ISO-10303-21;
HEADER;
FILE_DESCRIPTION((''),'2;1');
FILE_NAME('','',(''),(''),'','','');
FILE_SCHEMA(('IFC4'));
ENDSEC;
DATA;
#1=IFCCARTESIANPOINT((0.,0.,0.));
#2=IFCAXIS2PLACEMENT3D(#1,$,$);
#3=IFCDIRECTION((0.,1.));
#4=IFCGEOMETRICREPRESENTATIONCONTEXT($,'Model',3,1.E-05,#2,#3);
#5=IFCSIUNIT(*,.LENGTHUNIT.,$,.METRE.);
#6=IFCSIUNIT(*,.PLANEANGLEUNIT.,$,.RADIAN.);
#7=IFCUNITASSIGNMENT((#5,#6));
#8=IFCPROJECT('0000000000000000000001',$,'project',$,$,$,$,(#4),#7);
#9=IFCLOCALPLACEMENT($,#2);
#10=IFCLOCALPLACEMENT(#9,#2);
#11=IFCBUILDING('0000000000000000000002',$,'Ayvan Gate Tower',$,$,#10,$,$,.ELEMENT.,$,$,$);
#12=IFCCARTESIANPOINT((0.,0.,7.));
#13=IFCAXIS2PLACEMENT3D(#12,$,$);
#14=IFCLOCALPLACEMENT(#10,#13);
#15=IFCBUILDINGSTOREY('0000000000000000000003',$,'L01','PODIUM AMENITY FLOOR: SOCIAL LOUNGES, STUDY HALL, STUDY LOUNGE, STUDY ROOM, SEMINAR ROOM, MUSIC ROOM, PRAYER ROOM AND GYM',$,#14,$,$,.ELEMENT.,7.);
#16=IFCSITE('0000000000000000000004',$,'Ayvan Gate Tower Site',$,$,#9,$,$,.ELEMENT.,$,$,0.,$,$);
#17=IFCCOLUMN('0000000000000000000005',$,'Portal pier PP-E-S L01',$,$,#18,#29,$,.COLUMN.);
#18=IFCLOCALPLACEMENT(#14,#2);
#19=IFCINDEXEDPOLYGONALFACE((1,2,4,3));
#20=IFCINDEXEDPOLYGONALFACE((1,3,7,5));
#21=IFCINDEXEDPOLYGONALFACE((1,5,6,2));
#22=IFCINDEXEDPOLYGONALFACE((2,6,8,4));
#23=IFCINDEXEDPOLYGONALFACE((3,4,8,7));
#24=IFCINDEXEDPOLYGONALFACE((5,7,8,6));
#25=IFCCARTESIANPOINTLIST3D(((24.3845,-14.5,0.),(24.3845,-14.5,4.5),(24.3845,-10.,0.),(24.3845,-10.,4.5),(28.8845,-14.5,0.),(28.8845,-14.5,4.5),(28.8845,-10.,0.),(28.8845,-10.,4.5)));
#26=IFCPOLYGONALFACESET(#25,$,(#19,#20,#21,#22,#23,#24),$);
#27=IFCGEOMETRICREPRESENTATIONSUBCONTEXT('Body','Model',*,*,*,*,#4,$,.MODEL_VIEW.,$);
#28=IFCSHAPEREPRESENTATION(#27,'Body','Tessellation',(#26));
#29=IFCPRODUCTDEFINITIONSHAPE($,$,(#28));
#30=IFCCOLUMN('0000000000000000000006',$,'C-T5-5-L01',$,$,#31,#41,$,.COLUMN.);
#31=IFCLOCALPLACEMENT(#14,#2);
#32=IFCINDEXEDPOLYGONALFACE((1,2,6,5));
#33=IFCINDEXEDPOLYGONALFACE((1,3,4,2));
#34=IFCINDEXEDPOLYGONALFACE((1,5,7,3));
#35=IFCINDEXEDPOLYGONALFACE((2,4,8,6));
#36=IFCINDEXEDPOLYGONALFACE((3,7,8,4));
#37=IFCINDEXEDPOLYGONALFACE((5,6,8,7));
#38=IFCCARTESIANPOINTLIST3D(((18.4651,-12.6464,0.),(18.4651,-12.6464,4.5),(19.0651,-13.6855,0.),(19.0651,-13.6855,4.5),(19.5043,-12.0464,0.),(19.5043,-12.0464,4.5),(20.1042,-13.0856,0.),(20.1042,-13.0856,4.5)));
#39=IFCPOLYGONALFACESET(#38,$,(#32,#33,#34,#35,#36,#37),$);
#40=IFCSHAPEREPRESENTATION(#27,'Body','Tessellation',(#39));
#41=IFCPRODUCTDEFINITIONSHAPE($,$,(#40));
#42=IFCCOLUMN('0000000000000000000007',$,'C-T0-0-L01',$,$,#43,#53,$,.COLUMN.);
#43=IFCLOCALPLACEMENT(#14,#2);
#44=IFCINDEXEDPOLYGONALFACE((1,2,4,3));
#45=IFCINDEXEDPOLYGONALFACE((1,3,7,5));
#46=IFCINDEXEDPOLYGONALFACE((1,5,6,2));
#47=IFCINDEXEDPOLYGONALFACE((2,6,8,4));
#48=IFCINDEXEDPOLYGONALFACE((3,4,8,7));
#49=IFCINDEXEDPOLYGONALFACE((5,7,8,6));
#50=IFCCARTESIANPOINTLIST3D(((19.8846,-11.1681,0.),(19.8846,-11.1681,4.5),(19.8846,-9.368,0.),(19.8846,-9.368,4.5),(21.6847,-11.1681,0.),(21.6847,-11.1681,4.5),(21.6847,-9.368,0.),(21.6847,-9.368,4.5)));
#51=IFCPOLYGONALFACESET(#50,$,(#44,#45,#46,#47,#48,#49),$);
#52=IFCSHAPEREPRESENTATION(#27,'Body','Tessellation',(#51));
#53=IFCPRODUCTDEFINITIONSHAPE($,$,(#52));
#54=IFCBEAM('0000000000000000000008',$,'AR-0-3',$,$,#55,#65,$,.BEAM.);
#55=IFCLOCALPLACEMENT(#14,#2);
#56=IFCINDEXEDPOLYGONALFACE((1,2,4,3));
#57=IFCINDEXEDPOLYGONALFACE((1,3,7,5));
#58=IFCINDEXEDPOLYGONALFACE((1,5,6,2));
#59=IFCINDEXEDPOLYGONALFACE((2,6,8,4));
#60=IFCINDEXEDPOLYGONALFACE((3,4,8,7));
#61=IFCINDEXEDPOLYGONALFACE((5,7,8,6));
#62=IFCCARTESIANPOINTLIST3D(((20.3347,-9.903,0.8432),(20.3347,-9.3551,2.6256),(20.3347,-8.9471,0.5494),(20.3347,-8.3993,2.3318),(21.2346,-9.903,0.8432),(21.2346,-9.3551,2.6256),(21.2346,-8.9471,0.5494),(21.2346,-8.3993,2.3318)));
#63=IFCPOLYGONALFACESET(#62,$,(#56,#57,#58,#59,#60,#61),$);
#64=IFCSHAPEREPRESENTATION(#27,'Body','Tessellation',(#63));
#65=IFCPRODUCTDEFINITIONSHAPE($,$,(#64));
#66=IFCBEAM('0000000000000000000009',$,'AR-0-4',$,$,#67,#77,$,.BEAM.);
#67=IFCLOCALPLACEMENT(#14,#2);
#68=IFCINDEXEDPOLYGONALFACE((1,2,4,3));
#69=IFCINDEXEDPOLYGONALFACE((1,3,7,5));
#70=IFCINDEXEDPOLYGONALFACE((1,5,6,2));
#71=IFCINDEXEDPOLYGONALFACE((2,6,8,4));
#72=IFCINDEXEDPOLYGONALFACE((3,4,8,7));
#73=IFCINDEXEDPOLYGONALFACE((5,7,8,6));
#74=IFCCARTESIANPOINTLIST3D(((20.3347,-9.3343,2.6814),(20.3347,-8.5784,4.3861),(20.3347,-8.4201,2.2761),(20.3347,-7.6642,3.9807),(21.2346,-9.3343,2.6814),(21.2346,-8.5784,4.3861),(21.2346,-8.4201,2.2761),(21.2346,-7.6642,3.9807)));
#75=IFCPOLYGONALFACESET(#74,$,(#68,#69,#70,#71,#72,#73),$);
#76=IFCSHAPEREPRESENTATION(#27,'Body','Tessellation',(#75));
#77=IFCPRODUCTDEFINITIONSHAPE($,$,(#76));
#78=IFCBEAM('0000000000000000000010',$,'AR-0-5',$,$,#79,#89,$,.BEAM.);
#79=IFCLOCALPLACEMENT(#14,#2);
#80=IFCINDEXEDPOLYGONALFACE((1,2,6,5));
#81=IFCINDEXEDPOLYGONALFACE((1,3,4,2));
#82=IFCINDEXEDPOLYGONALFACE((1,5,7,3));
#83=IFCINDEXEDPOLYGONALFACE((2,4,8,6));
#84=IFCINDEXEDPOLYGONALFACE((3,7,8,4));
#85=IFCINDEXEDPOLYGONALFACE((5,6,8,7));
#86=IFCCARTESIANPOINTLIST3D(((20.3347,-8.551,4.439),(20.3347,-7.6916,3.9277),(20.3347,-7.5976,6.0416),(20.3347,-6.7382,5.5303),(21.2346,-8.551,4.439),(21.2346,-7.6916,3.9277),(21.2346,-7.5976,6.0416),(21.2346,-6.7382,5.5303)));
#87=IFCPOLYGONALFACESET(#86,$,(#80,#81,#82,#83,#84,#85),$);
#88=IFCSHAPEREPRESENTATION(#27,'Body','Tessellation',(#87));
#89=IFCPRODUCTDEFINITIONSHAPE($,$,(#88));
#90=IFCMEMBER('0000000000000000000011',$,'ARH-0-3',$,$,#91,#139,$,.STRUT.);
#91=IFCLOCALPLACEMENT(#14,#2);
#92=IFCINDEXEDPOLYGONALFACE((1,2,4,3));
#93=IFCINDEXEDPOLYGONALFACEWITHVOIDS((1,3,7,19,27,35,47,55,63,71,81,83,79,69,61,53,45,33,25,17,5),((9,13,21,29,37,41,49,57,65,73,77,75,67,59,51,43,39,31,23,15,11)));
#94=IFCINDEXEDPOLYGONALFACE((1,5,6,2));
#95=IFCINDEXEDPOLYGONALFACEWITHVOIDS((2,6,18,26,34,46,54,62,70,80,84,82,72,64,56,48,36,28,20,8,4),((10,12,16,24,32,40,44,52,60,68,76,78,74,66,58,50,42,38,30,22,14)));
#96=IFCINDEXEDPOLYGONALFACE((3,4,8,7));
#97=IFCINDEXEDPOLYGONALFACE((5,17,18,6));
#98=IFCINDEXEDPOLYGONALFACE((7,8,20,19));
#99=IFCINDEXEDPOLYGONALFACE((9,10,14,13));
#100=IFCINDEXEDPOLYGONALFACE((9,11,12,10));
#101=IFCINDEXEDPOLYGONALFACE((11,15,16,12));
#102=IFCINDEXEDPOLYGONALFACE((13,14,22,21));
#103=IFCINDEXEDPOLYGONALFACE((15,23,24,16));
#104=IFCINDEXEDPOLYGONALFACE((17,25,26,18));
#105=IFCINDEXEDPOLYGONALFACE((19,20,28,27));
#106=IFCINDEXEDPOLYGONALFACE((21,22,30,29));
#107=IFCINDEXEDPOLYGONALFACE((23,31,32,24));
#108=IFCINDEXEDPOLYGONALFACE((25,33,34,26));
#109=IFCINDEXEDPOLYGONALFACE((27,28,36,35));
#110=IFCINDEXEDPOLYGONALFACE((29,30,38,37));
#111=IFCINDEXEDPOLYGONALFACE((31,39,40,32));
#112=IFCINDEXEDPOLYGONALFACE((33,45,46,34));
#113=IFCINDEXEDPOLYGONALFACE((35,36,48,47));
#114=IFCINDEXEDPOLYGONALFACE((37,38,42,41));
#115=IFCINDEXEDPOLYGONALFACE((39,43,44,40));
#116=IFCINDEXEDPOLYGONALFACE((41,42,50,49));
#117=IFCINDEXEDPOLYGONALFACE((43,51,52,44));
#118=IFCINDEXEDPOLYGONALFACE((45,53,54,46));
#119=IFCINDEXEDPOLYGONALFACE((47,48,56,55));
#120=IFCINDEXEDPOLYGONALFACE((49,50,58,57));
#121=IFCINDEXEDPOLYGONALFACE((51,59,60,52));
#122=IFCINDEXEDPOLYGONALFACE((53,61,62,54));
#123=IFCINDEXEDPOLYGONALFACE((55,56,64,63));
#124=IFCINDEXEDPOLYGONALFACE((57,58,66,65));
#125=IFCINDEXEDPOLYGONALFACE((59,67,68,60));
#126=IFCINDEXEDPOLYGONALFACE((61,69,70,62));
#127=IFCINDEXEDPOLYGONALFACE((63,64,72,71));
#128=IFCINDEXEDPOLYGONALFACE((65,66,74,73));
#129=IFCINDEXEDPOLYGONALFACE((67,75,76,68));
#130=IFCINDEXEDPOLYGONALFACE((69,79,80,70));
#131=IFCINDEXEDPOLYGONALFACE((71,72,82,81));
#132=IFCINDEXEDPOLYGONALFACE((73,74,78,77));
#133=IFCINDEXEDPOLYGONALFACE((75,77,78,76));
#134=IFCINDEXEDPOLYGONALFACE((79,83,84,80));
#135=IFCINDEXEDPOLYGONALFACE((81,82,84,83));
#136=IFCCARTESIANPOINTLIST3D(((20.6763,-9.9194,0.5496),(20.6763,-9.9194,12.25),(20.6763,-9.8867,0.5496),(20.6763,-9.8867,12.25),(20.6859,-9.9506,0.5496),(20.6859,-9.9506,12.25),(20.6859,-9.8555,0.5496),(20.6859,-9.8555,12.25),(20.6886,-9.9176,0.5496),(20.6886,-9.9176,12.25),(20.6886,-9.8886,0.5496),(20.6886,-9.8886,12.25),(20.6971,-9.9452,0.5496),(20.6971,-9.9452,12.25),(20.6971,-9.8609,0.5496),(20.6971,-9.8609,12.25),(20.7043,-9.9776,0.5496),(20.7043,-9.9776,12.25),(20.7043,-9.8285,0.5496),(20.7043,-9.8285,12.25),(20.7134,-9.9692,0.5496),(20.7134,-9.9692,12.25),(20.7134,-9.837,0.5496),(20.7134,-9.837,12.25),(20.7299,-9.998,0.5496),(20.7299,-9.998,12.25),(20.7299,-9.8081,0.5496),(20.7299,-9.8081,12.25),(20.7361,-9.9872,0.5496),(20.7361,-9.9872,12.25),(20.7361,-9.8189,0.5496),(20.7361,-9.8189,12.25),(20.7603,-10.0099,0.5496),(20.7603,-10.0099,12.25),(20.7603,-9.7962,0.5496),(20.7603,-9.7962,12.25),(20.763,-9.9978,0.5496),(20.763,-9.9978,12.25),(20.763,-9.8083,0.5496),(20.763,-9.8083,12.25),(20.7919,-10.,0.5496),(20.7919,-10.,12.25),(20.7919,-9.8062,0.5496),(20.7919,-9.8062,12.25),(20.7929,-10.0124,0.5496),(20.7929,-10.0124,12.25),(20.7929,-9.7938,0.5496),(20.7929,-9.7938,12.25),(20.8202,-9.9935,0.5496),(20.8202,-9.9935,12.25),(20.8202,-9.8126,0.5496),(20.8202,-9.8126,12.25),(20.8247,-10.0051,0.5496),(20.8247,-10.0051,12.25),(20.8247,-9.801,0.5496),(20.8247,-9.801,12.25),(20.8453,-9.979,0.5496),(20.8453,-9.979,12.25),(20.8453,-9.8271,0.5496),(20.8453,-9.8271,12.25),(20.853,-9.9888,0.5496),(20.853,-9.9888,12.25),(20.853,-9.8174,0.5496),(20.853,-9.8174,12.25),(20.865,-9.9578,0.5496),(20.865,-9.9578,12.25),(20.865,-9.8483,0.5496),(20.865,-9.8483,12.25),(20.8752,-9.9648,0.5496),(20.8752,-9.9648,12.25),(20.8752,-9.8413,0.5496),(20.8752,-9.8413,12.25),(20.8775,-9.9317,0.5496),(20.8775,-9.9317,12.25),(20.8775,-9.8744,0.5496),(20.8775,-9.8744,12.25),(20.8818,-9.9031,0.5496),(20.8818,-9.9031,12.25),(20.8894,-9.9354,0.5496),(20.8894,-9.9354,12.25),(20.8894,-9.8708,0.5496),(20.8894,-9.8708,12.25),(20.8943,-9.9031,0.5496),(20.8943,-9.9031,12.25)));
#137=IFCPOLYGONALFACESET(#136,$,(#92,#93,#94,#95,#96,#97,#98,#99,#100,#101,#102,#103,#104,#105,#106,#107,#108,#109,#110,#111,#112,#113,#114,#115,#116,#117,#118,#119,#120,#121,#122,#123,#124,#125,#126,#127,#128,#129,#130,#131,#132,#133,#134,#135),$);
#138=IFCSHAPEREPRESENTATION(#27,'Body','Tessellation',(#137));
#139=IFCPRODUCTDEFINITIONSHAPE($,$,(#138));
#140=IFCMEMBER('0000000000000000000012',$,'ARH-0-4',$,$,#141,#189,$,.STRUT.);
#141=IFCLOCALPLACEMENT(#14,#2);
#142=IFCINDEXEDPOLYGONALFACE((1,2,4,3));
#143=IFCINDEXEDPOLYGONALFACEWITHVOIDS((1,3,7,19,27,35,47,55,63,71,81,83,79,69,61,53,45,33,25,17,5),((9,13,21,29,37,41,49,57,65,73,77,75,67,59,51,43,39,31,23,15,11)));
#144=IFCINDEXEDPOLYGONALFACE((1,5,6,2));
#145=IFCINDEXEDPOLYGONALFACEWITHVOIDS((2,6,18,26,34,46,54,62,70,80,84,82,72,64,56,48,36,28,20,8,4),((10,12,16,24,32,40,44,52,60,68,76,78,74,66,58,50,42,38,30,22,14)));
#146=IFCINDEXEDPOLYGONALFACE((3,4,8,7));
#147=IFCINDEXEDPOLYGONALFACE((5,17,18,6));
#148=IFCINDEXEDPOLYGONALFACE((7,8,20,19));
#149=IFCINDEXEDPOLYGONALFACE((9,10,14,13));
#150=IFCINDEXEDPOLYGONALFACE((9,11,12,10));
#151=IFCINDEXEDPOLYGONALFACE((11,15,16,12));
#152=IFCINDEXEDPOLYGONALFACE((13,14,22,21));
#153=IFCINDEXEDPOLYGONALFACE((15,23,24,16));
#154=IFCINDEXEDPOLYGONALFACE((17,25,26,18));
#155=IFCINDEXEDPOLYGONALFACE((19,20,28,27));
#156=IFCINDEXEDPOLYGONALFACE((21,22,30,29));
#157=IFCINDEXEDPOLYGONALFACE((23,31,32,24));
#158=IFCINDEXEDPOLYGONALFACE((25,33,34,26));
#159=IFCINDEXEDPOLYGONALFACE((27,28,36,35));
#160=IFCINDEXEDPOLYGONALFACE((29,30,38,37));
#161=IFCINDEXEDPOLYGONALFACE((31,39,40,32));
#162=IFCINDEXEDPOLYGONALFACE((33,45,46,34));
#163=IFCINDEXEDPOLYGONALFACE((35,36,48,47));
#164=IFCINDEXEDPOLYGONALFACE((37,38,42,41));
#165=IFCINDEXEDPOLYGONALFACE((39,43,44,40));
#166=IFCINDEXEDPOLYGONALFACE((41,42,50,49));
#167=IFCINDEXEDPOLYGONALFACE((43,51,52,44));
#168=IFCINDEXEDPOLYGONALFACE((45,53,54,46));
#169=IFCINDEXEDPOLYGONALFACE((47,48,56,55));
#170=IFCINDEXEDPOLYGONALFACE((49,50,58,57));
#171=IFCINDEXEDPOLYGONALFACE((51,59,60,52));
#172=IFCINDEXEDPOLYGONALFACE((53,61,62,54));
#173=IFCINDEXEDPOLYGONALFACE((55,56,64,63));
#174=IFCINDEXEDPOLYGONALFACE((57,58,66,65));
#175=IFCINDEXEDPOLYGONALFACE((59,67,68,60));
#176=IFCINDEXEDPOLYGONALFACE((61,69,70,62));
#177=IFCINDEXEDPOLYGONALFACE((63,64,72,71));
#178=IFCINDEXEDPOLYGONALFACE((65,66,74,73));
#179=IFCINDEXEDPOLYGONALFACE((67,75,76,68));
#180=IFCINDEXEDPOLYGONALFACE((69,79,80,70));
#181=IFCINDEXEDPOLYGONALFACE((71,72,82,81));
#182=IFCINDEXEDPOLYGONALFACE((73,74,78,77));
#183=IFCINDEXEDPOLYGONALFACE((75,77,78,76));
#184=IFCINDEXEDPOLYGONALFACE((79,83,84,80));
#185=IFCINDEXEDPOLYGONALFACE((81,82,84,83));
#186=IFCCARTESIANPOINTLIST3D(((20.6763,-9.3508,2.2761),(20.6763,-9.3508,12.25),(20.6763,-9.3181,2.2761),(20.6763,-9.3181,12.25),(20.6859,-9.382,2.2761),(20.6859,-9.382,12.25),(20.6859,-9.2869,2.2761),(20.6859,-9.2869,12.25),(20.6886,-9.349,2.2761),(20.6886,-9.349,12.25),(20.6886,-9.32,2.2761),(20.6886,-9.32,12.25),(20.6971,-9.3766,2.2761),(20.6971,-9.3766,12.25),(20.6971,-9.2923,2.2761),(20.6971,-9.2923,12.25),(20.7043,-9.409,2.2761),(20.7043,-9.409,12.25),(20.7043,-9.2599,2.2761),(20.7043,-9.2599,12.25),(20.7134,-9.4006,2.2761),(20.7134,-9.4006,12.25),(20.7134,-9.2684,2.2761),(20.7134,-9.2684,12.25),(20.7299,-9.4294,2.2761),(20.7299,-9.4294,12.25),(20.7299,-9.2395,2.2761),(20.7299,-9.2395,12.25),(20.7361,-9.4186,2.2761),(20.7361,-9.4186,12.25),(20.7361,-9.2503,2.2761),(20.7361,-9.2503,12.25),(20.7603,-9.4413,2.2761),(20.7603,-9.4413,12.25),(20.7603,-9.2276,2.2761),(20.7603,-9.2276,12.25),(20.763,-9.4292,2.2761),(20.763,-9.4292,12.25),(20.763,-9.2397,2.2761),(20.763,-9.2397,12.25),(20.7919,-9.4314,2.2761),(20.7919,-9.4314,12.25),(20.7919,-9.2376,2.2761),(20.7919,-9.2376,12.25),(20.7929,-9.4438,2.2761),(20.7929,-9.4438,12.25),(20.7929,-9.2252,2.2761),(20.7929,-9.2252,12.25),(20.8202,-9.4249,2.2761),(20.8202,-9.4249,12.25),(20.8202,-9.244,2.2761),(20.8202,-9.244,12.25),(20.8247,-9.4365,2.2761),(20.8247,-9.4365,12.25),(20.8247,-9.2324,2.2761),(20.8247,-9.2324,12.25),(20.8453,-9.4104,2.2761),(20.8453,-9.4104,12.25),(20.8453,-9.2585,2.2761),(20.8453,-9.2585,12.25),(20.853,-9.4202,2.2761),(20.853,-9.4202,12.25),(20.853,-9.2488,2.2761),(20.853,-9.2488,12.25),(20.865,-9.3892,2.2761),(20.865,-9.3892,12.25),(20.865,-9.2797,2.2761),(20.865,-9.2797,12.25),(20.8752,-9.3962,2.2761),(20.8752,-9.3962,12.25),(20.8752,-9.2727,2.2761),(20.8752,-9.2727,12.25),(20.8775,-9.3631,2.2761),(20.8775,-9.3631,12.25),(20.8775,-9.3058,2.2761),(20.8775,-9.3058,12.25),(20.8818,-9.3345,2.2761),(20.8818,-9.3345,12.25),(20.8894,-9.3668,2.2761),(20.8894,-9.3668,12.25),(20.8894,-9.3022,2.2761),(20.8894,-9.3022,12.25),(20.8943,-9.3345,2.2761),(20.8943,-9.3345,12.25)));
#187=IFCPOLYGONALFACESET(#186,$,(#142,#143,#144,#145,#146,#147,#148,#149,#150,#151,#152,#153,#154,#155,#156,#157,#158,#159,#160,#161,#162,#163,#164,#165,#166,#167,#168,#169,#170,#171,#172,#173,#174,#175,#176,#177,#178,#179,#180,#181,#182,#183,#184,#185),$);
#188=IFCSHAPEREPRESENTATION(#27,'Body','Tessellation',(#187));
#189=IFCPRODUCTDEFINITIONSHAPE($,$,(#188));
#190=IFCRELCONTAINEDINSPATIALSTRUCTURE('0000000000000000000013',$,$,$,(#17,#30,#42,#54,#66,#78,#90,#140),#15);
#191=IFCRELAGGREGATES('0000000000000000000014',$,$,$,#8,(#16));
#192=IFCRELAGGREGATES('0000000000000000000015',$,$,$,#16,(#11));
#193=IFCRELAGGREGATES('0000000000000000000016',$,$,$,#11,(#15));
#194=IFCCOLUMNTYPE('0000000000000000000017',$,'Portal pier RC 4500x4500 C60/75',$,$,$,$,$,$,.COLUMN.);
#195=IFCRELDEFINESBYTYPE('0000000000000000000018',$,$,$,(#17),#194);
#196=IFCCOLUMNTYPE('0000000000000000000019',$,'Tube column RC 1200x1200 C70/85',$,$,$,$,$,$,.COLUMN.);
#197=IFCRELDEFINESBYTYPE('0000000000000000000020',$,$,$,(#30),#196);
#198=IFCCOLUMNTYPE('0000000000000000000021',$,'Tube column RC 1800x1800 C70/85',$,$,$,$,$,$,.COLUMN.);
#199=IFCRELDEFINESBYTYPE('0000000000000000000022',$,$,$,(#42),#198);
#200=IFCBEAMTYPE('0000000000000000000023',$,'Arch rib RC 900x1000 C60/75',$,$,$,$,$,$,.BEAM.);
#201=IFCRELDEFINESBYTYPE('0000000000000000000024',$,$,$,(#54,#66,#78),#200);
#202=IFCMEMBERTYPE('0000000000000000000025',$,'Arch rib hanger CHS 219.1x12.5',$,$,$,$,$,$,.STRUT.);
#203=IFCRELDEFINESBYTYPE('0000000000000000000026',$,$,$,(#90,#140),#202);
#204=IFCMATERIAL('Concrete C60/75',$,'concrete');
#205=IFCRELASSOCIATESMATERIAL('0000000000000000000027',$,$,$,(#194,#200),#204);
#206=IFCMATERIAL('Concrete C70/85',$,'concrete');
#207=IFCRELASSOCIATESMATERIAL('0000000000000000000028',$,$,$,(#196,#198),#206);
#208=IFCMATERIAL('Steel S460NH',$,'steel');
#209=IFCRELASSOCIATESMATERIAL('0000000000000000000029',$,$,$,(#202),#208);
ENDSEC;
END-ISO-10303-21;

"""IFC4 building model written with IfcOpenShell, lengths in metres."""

from ifc_helpers import new_model, si_unit, direction, frame, origin, origin_2d, place, context, subcontext, project, spatial, rectangle, hollow_circle, extrude, material, material_profile, profile_set, type_object, element, save


model = new_model("IFC4")

# Units and contexts
model_context = context("Model", 3, precision=1e-05, world=origin(), true_north=direction((0.0, 1.0)))
body_context = subcontext(model_context, "Body", "Model", "MODEL_VIEW")
ifc_project = project(units=[si_unit("LENGTHUNIT", "METRE"), si_unit("PLANEANGLEUNIT", "RADIAN")], contexts=[model_context])

# Site, building, storey
site_placement = place(None, origin())
site = spatial("IfcSite", under=ifc_project, at=site_placement, Name="Ayvan Gate Tower Site", CompositionType="ELEMENT", RefElevation=0.0)
building_placement = place(site_placement, origin())
building = spatial("IfcBuilding", under=site, at=building_placement, Name="Ayvan Gate Tower", CompositionType="ELEMENT")
storey_placement = place(building_placement, frame((0.0, 0.0, 7.0)))
storey = spatial("IfcBuildingStorey", under=building, at=storey_placement, Name="L01", Description="PODIUM AMENITY FLOOR: SOCIAL LOUNGES, STUDY HALL, STUDY LOUNGE, STUDY ROOM, SEMINAR ROOM, MUSIC ROOM, PRAYER ROOM AND GYM", CompositionType="ELEMENT", Elevation=7.0)

# Columns
ifc_material_1 = material(Name="Concrete C60/75", Category="concrete")
ifc_material_profile_1 = material_profile(ifc_material_1, rectangle(XDim=4.5, YDim=4.5, at=origin_2d()), Name="RC 4500x4500")
ifc_profile_set_1 = profile_set([ifc_material_profile_1], Name="Concrete C60/75")
column_type_1 = type_object("IfcColumnType", Name="Portal pier RC 4500x4500 C60/75", PredefinedType="COLUMN", material=ifc_profile_set_1)
column_1_placement = place(storey_placement, frame((26.6345, -12.25, 0.0), z_axis=(0.0, 0.0, 1.0), x_axis=(1.0, 0.0, 0.0)))
element("IfcColumn", 1, at=column_1_placement, inside=storey, type_object=column_type_1, Name="Portal pier PP-E-S L01", PredefinedType="COLUMN", context=body_context, shape_type="SweptSolid", body=[
    extrude(rectangle(XDim=4.5, YDim=4.5, at=origin_2d()), origin(), (0.0, 0.0, 1.0), 4.5),
])
ifc_material_2 = material(Name="Concrete C70/85", Category="concrete")
ifc_material_profile_2 = material_profile(ifc_material_2, rectangle(XDim=1.2, YDim=1.2, at=origin_2d()), Name="RC 1200x1200")
ifc_profile_set_2 = profile_set([ifc_material_profile_2], Name="Concrete C70/85")
column_type_2 = type_object("IfcColumnType", Name="Tube column RC 1200x1200 C70/85", PredefinedType="COLUMN", material=ifc_profile_set_2)
column_2_placement = place(storey_placement, frame((19.2847, -12.866, 0.0), z_axis=(0.0, 0.0, 1.0), x_axis=(0.5, -0.866025, 0.0)))
element("IfcColumn", 2, at=column_2_placement, inside=storey, type_object=column_type_2, Name="C-T5-5-L01", PredefinedType="COLUMN", context=body_context, shape_type="SweptSolid", body=[
    extrude(rectangle(XDim=1.2, YDim=1.2, at=origin_2d()), origin(), (0.0, 0.0, 1.0), 4.5),
])
ifc_material_profile_3 = material_profile(ifc_material_2, rectangle(XDim=1.8, YDim=1.8, at=origin_2d()), Name="RC 1800x1800")
ifc_profile_set_3 = profile_set([ifc_material_profile_3], Name="Concrete C70/85")
column_type_3 = type_object("IfcColumnType", Name="Tube column RC 1800x1800 C70/85", PredefinedType="COLUMN", material=ifc_profile_set_3)
column_3_placement = place(storey_placement, frame((20.7847, -10.2681, 0.0), z_axis=(0.0, 0.0, 1.0), x_axis=(1.0, 0.0, 0.0)))
element("IfcColumn", 3, at=column_3_placement, inside=storey, type_object=column_type_3, Name="C-T0-0-L01", PredefinedType="COLUMN", context=body_context, shape_type="SweptSolid", body=[
    extrude(rectangle(XDim=1.8, YDim=1.8, at=origin_2d()), origin(), (0.0, 0.0, 1.0), 4.5),
])

# Beams
ifc_material_profile_4 = material_profile(ifc_material_1, rectangle(XDim=0.8999, YDim=1.0, at=origin_2d()), Name="RC 900x1000")
ifc_profile_set_4 = profile_set([ifc_material_profile_4], Name="Concrete C60/75")
beam_type_1 = type_object("IfcBeamType", Name="Arch rib RC 900x1000 C60/75", PredefinedType="BEAM", material=ifc_profile_set_4)
for number, where, z_axis, x_axis, name in (
    (4, (20.7847, -9.425, 0.6963), (0.0, 0.293791, 0.95587), (-1.0, 0.0, 0.0), "AR-0-3"),
    (5, (20.7847, -8.8772, 2.4788), (0.0, 0.405361, 0.914157), (-1.0, 0.0, 0.0), "AR-0-4"),
    (6, (20.7847, -8.1213, 4.1833), (0.0, 0.511277, 0.859416), (-1.0, 0.0, 0.0), "AR-0-5"),
):
    element("IfcBeam", number, at=place(storey_placement, frame(where, z_axis=z_axis, x_axis=x_axis)), inside=storey, type_object=beam_type_1, Name=name, PredefinedType="BEAM", context=body_context, shape_type="SweptSolid", body=[
        extrude(rectangle(XDim=0.8999, YDim=1.0, at=origin_2d()), origin(), (0.0, 0.0, 1.0), 1.8647),
    ])

# Members
ifc_material_3 = material(Name="Steel S460NH", Category="steel")
ifc_material_profile_5 = material_profile(ifc_material_3, hollow_circle(Radius=0.1096, WallThickness=0.0125, at=origin_2d()), Name="CHS 219.1x12.5")
ifc_profile_set_5 = profile_set([ifc_material_profile_5], Name="Steel S460NH")
member_type_1 = type_object("IfcMemberType", Name="Arch rib hanger CHS 219.1x12.5", PredefinedType="STRUT", material=ifc_profile_set_5)
member_1_placement = place(storey_placement, frame((20.7847, -9.9031, 0.5496), z_axis=(0.0, 0.0, 1.0), x_axis=(1.0, 0.0, 0.0)))
element("IfcMember", 7, at=member_1_placement, inside=storey, type_object=member_type_1, Name="ARH-0-3", PredefinedType="STRUT", context=body_context, shape_type="SweptSolid", body=[
    extrude(hollow_circle(Radius=0.1096, WallThickness=0.0125, at=origin_2d()), origin(), (0.0, 0.0, 1.0), 11.7004),
])
member_2_placement = place(storey_placement, frame((20.7847, -9.3345, 2.2761), z_axis=(0.0, 0.0, 1.0), x_axis=(1.0, 0.0, 0.0)))
element("IfcMember", 8, at=member_2_placement, inside=storey, type_object=member_type_1, Name="ARH-0-4", PredefinedType="STRUT", context=body_context, shape_type="SweptSolid", body=[
    extrude(hollow_circle(Radius=0.1096, WallThickness=0.0125, at=origin_2d()), origin(), (0.0, 0.0, 1.0), 9.9739),
])

save(model, "model.ifc")
